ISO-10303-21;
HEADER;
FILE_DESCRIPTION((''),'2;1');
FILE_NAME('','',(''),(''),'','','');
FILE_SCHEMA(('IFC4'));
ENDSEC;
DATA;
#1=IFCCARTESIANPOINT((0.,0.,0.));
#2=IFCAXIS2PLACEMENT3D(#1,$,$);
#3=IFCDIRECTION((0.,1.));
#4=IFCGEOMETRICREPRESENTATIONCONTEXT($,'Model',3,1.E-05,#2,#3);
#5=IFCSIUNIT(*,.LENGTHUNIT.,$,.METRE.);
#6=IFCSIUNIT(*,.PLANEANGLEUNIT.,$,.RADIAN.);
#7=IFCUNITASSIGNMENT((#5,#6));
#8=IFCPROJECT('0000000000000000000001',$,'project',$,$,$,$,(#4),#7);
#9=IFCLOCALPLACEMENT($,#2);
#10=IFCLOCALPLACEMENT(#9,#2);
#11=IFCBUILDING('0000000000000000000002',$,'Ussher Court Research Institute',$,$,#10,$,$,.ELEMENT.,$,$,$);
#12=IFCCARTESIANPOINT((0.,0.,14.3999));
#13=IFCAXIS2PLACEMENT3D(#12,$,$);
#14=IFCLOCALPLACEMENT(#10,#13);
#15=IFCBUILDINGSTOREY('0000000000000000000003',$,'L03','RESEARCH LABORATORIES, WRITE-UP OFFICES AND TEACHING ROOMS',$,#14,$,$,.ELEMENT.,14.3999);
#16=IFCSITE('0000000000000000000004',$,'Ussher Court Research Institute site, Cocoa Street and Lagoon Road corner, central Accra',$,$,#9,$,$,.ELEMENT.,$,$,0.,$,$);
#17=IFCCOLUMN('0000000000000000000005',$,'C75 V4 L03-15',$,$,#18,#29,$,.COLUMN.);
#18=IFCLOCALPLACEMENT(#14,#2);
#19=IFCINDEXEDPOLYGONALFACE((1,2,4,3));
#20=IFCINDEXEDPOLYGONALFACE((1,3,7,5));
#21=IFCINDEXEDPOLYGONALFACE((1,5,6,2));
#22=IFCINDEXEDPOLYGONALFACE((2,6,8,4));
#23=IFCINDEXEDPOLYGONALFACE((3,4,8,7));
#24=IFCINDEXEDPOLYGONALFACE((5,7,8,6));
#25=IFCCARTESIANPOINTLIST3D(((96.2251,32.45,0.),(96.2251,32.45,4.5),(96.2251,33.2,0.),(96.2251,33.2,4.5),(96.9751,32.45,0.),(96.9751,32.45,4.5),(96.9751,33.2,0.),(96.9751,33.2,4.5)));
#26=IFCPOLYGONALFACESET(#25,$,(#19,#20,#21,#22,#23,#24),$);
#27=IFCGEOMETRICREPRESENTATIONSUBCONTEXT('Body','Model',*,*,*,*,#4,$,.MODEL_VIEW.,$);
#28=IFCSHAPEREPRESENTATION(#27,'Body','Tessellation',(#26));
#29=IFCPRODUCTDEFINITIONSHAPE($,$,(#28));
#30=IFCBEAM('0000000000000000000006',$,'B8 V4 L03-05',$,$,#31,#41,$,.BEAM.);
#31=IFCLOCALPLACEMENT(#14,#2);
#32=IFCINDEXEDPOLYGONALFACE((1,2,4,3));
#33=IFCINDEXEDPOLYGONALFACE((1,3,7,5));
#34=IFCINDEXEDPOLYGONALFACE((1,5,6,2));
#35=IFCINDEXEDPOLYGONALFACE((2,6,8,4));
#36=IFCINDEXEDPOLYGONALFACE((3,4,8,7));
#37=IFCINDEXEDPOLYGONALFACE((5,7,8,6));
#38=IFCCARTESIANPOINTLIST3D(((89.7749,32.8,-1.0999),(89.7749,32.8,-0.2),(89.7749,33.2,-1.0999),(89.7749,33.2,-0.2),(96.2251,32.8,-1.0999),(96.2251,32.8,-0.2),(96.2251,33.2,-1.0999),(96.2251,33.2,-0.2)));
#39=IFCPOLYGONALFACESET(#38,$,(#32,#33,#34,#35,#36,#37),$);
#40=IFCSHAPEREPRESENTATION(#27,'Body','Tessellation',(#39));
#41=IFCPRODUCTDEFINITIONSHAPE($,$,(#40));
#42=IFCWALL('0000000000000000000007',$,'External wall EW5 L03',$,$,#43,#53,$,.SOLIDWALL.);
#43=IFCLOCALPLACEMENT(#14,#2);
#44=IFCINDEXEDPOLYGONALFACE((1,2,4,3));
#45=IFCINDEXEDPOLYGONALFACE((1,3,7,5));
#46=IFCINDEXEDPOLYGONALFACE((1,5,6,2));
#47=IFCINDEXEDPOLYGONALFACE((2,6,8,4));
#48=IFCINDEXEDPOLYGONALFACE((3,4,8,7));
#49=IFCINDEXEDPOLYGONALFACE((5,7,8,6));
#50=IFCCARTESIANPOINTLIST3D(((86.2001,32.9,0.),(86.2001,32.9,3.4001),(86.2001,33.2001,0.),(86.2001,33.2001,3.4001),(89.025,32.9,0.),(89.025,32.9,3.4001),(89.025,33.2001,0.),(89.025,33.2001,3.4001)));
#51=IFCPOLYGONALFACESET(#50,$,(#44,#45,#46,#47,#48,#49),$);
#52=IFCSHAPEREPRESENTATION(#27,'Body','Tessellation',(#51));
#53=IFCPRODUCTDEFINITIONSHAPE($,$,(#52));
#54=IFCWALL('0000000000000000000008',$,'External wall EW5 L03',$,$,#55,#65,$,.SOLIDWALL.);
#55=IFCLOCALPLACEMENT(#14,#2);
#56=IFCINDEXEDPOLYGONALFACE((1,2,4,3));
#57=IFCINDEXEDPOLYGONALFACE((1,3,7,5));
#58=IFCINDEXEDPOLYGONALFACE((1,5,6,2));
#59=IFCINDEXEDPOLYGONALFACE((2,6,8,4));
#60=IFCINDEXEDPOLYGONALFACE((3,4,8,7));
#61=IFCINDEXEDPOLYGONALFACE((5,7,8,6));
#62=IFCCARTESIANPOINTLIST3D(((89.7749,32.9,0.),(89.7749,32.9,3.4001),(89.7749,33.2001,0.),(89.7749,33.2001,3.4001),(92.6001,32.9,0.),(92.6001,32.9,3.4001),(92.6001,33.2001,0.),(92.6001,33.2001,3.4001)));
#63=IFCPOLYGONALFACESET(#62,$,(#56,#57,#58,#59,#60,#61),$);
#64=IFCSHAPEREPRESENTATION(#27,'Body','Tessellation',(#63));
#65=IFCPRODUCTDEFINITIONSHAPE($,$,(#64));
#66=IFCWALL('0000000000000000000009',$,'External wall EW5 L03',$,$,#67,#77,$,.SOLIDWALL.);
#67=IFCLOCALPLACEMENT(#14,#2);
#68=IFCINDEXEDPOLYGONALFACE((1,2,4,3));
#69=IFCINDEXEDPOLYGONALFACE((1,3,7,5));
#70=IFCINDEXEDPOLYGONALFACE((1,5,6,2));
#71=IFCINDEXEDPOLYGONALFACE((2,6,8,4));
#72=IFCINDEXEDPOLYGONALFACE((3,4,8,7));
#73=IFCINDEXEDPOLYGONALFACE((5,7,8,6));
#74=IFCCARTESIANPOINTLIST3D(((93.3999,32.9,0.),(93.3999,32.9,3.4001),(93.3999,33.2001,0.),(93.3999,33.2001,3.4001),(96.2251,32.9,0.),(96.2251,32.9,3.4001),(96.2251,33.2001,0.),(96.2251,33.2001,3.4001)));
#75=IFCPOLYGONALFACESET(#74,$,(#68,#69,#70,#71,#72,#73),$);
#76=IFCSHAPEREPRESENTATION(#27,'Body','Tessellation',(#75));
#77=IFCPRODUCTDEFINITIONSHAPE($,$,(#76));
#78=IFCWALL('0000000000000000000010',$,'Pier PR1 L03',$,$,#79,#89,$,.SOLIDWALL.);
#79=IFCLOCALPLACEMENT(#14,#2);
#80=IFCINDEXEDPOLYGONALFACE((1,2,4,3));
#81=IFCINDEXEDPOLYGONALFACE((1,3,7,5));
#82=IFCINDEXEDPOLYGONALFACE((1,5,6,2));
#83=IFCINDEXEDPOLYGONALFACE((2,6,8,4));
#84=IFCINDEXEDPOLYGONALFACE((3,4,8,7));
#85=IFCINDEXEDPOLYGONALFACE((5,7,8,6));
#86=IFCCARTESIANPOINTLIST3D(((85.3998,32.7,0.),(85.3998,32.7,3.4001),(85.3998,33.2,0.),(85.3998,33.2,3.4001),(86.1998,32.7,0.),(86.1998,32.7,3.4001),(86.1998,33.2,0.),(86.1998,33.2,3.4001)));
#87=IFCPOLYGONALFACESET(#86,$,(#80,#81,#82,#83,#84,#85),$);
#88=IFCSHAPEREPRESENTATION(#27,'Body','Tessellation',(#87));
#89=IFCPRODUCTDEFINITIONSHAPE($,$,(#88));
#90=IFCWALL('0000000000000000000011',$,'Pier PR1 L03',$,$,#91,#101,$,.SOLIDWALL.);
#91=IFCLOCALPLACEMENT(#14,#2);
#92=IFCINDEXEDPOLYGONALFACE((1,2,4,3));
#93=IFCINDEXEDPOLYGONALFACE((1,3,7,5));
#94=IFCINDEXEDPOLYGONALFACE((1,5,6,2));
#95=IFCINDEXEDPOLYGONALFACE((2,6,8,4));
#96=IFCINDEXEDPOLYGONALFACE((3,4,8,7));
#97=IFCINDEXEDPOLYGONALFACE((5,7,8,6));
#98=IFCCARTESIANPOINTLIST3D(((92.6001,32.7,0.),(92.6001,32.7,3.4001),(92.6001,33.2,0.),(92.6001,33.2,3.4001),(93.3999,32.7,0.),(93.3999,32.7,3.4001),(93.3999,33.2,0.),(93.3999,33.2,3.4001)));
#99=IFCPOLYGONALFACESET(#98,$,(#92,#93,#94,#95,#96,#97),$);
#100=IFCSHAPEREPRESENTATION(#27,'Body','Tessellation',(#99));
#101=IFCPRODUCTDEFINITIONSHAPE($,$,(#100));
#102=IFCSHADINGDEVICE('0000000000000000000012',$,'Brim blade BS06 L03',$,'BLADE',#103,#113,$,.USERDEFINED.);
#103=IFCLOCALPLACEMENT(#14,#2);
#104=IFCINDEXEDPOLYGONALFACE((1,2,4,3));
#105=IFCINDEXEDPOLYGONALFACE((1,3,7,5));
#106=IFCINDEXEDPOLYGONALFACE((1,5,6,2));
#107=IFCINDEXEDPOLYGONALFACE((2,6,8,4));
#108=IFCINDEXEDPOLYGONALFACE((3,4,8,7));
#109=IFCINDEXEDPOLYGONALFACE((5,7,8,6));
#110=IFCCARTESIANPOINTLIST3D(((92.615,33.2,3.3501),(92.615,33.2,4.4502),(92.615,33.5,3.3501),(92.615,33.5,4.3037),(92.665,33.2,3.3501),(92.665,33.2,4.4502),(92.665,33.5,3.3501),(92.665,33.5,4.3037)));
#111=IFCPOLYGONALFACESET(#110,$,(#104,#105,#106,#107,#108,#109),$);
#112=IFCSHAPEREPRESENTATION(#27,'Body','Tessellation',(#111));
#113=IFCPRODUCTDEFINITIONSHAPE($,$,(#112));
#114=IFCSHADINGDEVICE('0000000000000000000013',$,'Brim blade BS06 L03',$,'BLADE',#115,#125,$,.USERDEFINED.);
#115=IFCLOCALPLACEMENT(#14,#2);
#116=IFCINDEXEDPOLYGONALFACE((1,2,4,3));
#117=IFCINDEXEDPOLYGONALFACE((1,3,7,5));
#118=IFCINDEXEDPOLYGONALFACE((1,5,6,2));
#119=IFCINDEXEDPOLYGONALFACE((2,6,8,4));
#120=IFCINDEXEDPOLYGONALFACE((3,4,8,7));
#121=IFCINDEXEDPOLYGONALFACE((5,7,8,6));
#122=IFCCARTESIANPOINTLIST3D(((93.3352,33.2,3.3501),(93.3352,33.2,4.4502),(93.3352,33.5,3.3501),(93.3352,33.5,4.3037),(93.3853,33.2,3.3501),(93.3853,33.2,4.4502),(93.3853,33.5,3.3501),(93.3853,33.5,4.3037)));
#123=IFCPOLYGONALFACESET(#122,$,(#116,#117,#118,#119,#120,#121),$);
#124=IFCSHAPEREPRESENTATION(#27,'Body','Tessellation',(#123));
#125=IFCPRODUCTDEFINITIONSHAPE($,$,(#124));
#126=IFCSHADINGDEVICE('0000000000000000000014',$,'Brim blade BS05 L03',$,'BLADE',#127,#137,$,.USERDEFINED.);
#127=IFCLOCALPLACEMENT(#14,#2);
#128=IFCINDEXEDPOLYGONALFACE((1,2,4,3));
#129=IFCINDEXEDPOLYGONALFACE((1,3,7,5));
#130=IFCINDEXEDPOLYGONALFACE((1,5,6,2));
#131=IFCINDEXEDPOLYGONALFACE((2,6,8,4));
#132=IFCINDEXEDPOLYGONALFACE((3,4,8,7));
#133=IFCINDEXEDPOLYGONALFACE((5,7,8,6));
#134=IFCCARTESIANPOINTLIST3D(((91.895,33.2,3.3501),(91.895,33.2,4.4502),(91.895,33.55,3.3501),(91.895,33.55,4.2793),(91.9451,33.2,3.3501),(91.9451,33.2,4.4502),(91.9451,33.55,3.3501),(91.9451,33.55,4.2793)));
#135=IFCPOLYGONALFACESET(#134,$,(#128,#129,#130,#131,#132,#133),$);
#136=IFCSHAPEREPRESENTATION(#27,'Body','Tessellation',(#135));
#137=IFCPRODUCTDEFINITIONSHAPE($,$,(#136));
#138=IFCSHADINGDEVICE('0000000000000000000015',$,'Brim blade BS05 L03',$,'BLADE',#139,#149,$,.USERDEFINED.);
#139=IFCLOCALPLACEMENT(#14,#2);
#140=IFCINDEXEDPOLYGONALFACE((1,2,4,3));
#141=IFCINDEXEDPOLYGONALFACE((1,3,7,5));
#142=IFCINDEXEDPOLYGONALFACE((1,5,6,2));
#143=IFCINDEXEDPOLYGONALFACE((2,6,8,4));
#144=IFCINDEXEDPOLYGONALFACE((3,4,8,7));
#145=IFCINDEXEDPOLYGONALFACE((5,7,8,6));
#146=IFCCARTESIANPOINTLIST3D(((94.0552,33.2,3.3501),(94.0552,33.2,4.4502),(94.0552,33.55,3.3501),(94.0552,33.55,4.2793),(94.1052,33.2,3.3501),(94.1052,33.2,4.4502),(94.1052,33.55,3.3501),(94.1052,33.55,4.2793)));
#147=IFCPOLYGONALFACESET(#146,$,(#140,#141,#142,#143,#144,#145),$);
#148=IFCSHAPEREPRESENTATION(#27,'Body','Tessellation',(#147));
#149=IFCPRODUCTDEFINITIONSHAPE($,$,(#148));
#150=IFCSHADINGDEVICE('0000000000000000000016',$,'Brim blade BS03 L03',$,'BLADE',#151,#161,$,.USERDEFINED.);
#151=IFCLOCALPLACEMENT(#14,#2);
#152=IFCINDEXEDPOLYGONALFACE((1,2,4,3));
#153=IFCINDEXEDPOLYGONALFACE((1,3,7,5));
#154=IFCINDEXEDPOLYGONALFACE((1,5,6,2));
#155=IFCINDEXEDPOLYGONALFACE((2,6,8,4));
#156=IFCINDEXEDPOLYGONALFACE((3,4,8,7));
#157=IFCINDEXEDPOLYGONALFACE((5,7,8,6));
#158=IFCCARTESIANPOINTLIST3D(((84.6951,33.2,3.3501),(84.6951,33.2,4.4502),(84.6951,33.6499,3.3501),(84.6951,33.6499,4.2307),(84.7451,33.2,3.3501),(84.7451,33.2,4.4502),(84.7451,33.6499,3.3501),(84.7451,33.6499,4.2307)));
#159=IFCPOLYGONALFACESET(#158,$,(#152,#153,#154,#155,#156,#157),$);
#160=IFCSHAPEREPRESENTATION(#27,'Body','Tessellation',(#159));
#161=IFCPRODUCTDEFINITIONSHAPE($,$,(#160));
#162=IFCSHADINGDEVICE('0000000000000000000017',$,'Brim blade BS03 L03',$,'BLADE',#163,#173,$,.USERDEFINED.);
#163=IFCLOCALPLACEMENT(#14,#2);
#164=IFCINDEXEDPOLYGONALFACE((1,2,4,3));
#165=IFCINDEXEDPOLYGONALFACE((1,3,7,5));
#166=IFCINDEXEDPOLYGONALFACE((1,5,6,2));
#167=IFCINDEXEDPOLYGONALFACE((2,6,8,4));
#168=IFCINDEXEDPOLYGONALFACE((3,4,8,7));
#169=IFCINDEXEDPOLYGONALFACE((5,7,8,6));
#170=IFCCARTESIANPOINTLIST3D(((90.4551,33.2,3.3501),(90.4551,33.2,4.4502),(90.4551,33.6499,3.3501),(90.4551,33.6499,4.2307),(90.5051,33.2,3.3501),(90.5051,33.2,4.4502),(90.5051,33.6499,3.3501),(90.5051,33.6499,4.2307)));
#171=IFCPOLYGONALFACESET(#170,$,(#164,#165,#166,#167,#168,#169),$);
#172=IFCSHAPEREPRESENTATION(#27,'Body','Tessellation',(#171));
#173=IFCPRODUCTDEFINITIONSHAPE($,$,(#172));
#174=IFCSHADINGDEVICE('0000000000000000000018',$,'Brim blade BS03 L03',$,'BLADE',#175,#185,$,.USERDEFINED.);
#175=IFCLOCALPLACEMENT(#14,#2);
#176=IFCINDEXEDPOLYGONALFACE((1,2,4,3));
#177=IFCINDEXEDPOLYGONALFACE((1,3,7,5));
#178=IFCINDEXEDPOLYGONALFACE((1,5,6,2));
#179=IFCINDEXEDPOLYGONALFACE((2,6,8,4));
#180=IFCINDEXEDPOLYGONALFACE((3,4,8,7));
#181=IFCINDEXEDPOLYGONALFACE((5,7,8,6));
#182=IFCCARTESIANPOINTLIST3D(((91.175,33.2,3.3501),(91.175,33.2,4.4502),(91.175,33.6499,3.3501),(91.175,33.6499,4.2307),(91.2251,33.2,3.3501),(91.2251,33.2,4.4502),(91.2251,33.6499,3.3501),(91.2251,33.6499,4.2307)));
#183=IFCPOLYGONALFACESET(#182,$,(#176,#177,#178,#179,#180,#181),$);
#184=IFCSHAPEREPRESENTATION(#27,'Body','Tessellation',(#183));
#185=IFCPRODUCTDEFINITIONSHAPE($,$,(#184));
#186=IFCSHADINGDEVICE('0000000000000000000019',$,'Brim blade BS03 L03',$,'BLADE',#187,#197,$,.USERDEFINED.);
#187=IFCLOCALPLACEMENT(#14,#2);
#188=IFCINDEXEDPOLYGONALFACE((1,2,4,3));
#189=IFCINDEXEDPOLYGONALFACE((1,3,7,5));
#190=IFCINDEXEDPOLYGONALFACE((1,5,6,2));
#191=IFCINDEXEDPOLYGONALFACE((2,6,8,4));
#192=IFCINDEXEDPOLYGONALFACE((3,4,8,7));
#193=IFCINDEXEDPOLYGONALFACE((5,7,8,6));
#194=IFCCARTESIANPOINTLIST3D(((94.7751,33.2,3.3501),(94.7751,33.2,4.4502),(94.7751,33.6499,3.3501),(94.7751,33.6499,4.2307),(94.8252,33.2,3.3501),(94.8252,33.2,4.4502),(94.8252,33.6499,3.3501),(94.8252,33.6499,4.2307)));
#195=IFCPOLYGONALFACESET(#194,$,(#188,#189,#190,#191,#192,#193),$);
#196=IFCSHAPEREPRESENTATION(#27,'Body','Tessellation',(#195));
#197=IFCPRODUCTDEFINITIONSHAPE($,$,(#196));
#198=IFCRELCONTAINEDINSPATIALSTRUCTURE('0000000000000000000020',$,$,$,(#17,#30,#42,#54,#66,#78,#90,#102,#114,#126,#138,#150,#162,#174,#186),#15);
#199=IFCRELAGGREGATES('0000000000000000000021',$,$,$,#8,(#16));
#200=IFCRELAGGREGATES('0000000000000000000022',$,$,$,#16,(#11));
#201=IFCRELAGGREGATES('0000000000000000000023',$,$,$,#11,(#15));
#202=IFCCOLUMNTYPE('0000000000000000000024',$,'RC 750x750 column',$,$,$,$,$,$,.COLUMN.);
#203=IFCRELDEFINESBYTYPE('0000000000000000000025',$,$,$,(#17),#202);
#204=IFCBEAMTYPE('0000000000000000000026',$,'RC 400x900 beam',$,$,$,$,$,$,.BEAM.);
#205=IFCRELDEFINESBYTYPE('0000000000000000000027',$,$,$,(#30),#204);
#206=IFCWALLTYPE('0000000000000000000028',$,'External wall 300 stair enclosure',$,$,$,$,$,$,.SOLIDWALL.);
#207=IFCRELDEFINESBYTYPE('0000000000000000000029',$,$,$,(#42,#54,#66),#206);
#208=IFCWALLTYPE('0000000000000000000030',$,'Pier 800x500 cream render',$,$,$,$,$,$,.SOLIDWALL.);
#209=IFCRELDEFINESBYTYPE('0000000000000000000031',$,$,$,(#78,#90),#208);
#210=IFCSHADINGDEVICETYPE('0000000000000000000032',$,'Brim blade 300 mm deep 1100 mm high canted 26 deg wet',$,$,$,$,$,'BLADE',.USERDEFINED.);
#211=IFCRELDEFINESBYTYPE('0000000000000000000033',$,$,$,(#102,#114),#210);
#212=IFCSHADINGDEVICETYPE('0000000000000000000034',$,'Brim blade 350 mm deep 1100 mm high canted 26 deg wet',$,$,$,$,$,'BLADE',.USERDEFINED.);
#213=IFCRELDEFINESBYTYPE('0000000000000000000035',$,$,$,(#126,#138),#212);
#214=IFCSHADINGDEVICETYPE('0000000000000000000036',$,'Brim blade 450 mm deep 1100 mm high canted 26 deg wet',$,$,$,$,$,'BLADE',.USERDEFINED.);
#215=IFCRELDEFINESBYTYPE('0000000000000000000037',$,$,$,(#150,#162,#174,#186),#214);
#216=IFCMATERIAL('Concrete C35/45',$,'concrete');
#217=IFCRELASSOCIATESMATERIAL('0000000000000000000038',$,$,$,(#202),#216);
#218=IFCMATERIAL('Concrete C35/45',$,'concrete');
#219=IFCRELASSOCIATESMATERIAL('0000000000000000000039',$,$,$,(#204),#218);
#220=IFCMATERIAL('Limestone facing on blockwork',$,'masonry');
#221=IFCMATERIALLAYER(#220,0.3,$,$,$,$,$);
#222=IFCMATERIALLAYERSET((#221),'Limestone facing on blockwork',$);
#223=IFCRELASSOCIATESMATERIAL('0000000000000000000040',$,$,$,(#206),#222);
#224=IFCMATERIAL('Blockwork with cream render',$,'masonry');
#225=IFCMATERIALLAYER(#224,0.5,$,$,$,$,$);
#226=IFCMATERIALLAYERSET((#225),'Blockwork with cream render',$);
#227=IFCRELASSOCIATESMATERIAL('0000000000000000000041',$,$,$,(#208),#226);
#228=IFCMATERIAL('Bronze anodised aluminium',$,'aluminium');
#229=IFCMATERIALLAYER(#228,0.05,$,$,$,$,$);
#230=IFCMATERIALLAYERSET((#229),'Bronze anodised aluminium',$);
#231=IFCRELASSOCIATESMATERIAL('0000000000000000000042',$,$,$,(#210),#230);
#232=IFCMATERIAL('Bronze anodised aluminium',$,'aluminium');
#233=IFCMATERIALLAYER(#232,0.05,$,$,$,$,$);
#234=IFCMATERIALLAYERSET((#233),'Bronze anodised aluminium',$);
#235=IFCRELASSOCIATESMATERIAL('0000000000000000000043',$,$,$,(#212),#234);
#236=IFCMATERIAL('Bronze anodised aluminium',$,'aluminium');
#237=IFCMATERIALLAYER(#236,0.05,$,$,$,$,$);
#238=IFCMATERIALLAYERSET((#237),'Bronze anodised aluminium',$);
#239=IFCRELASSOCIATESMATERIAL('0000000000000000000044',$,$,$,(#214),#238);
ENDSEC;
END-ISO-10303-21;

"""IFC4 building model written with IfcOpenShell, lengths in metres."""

from ifc_helpers import new_model, si_unit, direction, frame, frame_2d, origin, origin_2d, place, context, subcontext, project, spatial, polyline, rectangle, outline, extrude, material, layer, layer_set, material_profile, profile_set, type_object, element, save


model = new_model("IFC4")

# Units and contexts
model_context = context("Model", 3, precision=1e-05, world=origin(), true_north=direction((0.0, 1.0)))
body_context = subcontext(model_context, "Body", "Model", "MODEL_VIEW")
ifc_project = project(units=[si_unit("LENGTHUNIT", "METRE"), si_unit("PLANEANGLEUNIT", "RADIAN")], contexts=[model_context])

# Site, building, storey
site_placement = place(None, origin())
site = spatial("IfcSite", under=ifc_project, at=site_placement, Name="Ussher Court Research Institute site, Cocoa Street and Lagoon Road corner, central Accra", CompositionType="ELEMENT", RefElevation=0.0)
building_placement = place(site_placement, origin())
building = spatial("IfcBuilding", under=site, at=building_placement, Name="Ussher Court Research Institute", CompositionType="ELEMENT")
storey_placement = place(building_placement, frame((0.0, 0.0, 14.3999)))
storey = spatial("IfcBuildingStorey", under=building, at=storey_placement, Name="L03", Description="RESEARCH LABORATORIES, WRITE-UP OFFICES AND TEACHING ROOMS", CompositionType="ELEMENT", Elevation=14.3999)

# Column
ifc_material_1 = material(Name="Concrete C35/45", Category="concrete")
ifc_material_profile_1 = material_profile(ifc_material_1, rectangle(XDim=0.75, YDim=0.75, at=origin_2d()), Name="RC 750x750")
ifc_profile_set_1 = profile_set([ifc_material_profile_1], Name="Concrete C35/45")
column_type = type_object("IfcColumnType", Name="RC 750x750 column", PredefinedType="COLUMN", material=ifc_profile_set_1)
column_placement = place(storey_placement, frame((96.6001, 32.825, 0.0), z_axis=(0.0, 0.0, 1.0), x_axis=(1.0, 0.0, 0.0)))
element("IfcColumn", 1, at=column_placement, inside=storey, type_object=column_type, Name="C75 V4 L03-15", PredefinedType="COLUMN", context=body_context, shape_type="SweptSolid", body=[
    extrude(rectangle(XDim=0.75, YDim=0.75, at=origin_2d()), origin(), (0.0, 0.0, 1.0), 4.5),
])

# Beam
ifc_material_2 = material(Name="Concrete C35/45", Category="concrete")
ifc_material_profile_2 = material_profile(ifc_material_2, rectangle(XDim=0.3999, YDim=0.8999, at=origin_2d()), Name="RC 400x900")
ifc_profile_set_2 = profile_set([ifc_material_profile_2], Name="Concrete C35/45")
beam_type = type_object("IfcBeamType", Name="RC 400x900 beam", PredefinedType="BEAM", material=ifc_profile_set_2)
beam_placement = place(storey_placement, frame((89.7749, 33.0, -0.6499), z_axis=(1.0, 0.0, 0.0), x_axis=(0.0, 1.0, 0.0)))
element("IfcBeam", 2, at=beam_placement, inside=storey, type_object=beam_type, Name="B8 V4 L03-05", PredefinedType="BEAM", context=body_context, shape_type="SweptSolid", body=[
    extrude(rectangle(XDim=0.3999, YDim=0.8999, at=origin_2d()), origin(), (0.0, 0.0, 1.0), 6.4502),
])

# Walls
ifc_material_3 = material(Name="Limestone facing on blockwork", Category="masonry")
ifc_layer_1 = layer(ifc_material_3, 0.3)
ifc_layer_set_1 = layer_set([ifc_layer_1], Name="Limestone facing on blockwork")
wall_type_1 = type_object("IfcWallType", Name="External wall 300 stair enclosure", PredefinedType="SOLIDWALL", material=ifc_layer_set_1)
wall_1_placement = place(storey_placement, frame((86.2, 33.05, 0.0), z_axis=(0.0, 0.0, 1.0), x_axis=(1.0, 0.0, 0.0)))
element("IfcWall", 3, at=wall_1_placement, inside=storey, type_object=wall_type_1, Name="External wall EW5 L03", PredefinedType="SOLIDWALL", context=body_context, shape_type="SweptSolid", body=[
    extrude(rectangle(XDim=2.825, YDim=0.3, at=frame_2d((1.4126, 0.0))), origin(), (0.0, 0.0, 1.0), 3.4001),
])
for number, where, z_axis, x_axis, name in (
    (4, (89.7749, 33.05, 0.0), (0.0, 0.0, 1.0), (1.0, 0.0, 0.0), "External wall EW5 L03"),
    (5, (93.3999, 33.05, 0.0), (0.0, 0.0, 1.0), (1.0, 0.0, 0.0), "External wall EW5 L03"),
):
    element("IfcWall", number, at=place(storey_placement, frame(where, z_axis=z_axis, x_axis=x_axis)), inside=storey, type_object=wall_type_1, Name=name, PredefinedType="SOLIDWALL", context=body_context, shape_type="SweptSolid", body=[
        extrude(rectangle(XDim=2.8252, YDim=0.3, at=frame_2d((1.4126, 0.0))), origin(), (0.0, 0.0, 1.0), 3.4001),
    ])
ifc_material_4 = material(Name="Blockwork with cream render", Category="masonry")
ifc_layer_2 = layer(ifc_material_4, 0.5)
ifc_layer_set_2 = layer_set([ifc_layer_2], Name="Blockwork with cream render")
wall_type_2 = type_object("IfcWallType", Name="Pier 800x500 cream render", PredefinedType="SOLIDWALL", material=ifc_layer_set_2)
wall_2_placement = place(storey_placement, frame((85.3999, 32.95, 0.0), z_axis=(0.0, 0.0, 1.0), x_axis=(1.0, 0.0, 0.0)))
element("IfcWall", 6, at=wall_2_placement, inside=storey, type_object=wall_type_2, Name="Pier PR1 L03", PredefinedType="SOLIDWALL", context=body_context, shape_type="SweptSolid", body=[
    extrude(rectangle(XDim=0.8, YDim=0.5, at=frame_2d((0.3999, 0.0))), origin(), (0.0, 0.0, 1.0), 3.4001),
])
wall_3_placement = place(storey_placement, frame((92.6001, 32.95, 0.0), z_axis=(0.0, 0.0, 1.0), x_axis=(1.0, 0.0, 0.0)))
element("IfcWall", 7, at=wall_3_placement, inside=storey, type_object=wall_type_2, Name="Pier PR1 L03", PredefinedType="SOLIDWALL", context=body_context, shape_type="SweptSolid", body=[
    extrude(rectangle(XDim=0.7998, YDim=0.5, at=frame_2d((0.3999, 0.0))), origin(), (0.0, 0.0, 1.0), 3.4001),
])

# Shading devices
ifc_material_5 = material(Name="Bronze anodised aluminium", Category="aluminium")
ifc_layer_3 = layer(ifc_material_5, 0.05)
ifc_layer_set_3 = layer_set([ifc_layer_3], Name="Bronze anodised aluminium")
shading_device_type_1 = type_object("IfcShadingDeviceType", Name="Brim blade 300 mm deep 1100 mm high canted 26 deg wet", ElementType="BLADE", PredefinedType="USERDEFINED", material=ifc_layer_set_3)
for number, where, z_axis, x_axis, name in (
    (8, (92.6399, 33.2, 3.3501), (0.0, 0.0, 1.0), (0.0, 1.0, 0.0), "Brim blade BS06 L03"),
    (9, (93.3601, 33.2, 3.3501), (0.0, 0.0, 1.0), (0.0, 1.0, 0.0), "Brim blade BS06 L03"),
):
    element("IfcShadingDevice", number, at=place(storey_placement, frame(where, z_axis=z_axis, x_axis=x_axis)), inside=storey, type_object=shading_device_type_1, Name=name, ObjectType="BLADE", PredefinedType="USERDEFINED", context=body_context, shape_type="SweptSolid", body=[
        extrude(outline(polyline([(0.0, 0.0), (0.3, 0.0), (0.3, 0.9536), (0.0, 1.1001), (0.0, 0.0)])), frame((0.0, 0.0249, 0.0), z_axis=(0.0, -1.0, 0.0), x_axis=(1.0, 0.0, 0.0)), (0.0, 0.0, 1.0), 0.05),
    ])
ifc_material_6 = material(Name="Bronze anodised aluminium", Category="aluminium")
ifc_layer_4 = layer(ifc_material_6, 0.05)
ifc_layer_set_4 = layer_set([ifc_layer_4], Name="Bronze anodised aluminium")
shading_device_type_2 = type_object("IfcShadingDeviceType", Name="Brim blade 350 mm deep 1100 mm high canted 26 deg wet", ElementType="BLADE", PredefinedType="USERDEFINED", material=ifc_layer_set_4)
for number, where, z_axis, x_axis, name in (
    (10, (91.9199, 33.2, 3.3501), (0.0, 0.0, 1.0), (0.0, 1.0, 0.0), "Brim blade BS05 L03"),
    (11, (94.0801, 33.2, 3.3501), (0.0, 0.0, 1.0), (0.0, 1.0, 0.0), "Brim blade BS05 L03"),
):
    element("IfcShadingDevice", number, at=place(storey_placement, frame(where, z_axis=z_axis, x_axis=x_axis)), inside=storey, type_object=shading_device_type_2, Name=name, ObjectType="BLADE", PredefinedType="USERDEFINED", context=body_context, shape_type="SweptSolid", body=[
        extrude(outline(polyline([(0.0, 0.0), (0.3501, 0.0), (0.3501, 0.9292), (0.0, 1.1001), (0.0, 0.0)])), frame((0.0, 0.0249, 0.0), z_axis=(0.0, -1.0, 0.0), x_axis=(1.0, 0.0, 0.0)), (0.0, 0.0, 1.0), 0.05),
    ])
ifc_material_7 = material(Name="Bronze anodised aluminium", Category="aluminium")
ifc_layer_5 = layer(ifc_material_7, 0.05)
ifc_layer_set_5 = layer_set([ifc_layer_5], Name="Bronze anodised aluminium")
shading_device_type_3 = type_object("IfcShadingDeviceType", Name="Brim blade 450 mm deep 1100 mm high canted 26 deg wet", ElementType="BLADE", PredefinedType="USERDEFINED", material=ifc_layer_set_5)
for number, where, z_axis, x_axis, name in (
    (12, (84.72, 33.2, 3.3501), (0.0, 0.0, 1.0), (0.0, 1.0, 0.0), "Brim blade BS03 L03"),
    (13, (90.48, 33.2, 3.3501), (0.0, 0.0, 1.0), (0.0, 1.0, 0.0), "Brim blade BS03 L03"),
    (14, (91.2, 33.2, 3.3501), (0.0, 0.0, 1.0), (0.0, 1.0, 0.0), "Brim blade BS03 L03"),
    (15, (94.8, 33.2, 3.3501), (0.0, 0.0, 1.0), (0.0, 1.0, 0.0), "Brim blade BS03 L03"),
):
    element("IfcShadingDevice", number, at=place(storey_placement, frame(where, z_axis=z_axis, x_axis=x_axis)), inside=storey, type_object=shading_device_type_3, Name=name, ObjectType="BLADE", PredefinedType="USERDEFINED", context=body_context, shape_type="SweptSolid", body=[
        extrude(outline(polyline([(0.0, 0.0), (0.45, 0.0), (0.45, 0.8806), (0.0, 1.1001), (0.0, 0.0)])), frame((0.0, 0.0249, 0.0), z_axis=(0.0, -1.0, 0.0), x_axis=(1.0, 0.0, 0.0)), (0.0, 0.0, 1.0), 0.05),
    ])

save(model, "model.ifc")
